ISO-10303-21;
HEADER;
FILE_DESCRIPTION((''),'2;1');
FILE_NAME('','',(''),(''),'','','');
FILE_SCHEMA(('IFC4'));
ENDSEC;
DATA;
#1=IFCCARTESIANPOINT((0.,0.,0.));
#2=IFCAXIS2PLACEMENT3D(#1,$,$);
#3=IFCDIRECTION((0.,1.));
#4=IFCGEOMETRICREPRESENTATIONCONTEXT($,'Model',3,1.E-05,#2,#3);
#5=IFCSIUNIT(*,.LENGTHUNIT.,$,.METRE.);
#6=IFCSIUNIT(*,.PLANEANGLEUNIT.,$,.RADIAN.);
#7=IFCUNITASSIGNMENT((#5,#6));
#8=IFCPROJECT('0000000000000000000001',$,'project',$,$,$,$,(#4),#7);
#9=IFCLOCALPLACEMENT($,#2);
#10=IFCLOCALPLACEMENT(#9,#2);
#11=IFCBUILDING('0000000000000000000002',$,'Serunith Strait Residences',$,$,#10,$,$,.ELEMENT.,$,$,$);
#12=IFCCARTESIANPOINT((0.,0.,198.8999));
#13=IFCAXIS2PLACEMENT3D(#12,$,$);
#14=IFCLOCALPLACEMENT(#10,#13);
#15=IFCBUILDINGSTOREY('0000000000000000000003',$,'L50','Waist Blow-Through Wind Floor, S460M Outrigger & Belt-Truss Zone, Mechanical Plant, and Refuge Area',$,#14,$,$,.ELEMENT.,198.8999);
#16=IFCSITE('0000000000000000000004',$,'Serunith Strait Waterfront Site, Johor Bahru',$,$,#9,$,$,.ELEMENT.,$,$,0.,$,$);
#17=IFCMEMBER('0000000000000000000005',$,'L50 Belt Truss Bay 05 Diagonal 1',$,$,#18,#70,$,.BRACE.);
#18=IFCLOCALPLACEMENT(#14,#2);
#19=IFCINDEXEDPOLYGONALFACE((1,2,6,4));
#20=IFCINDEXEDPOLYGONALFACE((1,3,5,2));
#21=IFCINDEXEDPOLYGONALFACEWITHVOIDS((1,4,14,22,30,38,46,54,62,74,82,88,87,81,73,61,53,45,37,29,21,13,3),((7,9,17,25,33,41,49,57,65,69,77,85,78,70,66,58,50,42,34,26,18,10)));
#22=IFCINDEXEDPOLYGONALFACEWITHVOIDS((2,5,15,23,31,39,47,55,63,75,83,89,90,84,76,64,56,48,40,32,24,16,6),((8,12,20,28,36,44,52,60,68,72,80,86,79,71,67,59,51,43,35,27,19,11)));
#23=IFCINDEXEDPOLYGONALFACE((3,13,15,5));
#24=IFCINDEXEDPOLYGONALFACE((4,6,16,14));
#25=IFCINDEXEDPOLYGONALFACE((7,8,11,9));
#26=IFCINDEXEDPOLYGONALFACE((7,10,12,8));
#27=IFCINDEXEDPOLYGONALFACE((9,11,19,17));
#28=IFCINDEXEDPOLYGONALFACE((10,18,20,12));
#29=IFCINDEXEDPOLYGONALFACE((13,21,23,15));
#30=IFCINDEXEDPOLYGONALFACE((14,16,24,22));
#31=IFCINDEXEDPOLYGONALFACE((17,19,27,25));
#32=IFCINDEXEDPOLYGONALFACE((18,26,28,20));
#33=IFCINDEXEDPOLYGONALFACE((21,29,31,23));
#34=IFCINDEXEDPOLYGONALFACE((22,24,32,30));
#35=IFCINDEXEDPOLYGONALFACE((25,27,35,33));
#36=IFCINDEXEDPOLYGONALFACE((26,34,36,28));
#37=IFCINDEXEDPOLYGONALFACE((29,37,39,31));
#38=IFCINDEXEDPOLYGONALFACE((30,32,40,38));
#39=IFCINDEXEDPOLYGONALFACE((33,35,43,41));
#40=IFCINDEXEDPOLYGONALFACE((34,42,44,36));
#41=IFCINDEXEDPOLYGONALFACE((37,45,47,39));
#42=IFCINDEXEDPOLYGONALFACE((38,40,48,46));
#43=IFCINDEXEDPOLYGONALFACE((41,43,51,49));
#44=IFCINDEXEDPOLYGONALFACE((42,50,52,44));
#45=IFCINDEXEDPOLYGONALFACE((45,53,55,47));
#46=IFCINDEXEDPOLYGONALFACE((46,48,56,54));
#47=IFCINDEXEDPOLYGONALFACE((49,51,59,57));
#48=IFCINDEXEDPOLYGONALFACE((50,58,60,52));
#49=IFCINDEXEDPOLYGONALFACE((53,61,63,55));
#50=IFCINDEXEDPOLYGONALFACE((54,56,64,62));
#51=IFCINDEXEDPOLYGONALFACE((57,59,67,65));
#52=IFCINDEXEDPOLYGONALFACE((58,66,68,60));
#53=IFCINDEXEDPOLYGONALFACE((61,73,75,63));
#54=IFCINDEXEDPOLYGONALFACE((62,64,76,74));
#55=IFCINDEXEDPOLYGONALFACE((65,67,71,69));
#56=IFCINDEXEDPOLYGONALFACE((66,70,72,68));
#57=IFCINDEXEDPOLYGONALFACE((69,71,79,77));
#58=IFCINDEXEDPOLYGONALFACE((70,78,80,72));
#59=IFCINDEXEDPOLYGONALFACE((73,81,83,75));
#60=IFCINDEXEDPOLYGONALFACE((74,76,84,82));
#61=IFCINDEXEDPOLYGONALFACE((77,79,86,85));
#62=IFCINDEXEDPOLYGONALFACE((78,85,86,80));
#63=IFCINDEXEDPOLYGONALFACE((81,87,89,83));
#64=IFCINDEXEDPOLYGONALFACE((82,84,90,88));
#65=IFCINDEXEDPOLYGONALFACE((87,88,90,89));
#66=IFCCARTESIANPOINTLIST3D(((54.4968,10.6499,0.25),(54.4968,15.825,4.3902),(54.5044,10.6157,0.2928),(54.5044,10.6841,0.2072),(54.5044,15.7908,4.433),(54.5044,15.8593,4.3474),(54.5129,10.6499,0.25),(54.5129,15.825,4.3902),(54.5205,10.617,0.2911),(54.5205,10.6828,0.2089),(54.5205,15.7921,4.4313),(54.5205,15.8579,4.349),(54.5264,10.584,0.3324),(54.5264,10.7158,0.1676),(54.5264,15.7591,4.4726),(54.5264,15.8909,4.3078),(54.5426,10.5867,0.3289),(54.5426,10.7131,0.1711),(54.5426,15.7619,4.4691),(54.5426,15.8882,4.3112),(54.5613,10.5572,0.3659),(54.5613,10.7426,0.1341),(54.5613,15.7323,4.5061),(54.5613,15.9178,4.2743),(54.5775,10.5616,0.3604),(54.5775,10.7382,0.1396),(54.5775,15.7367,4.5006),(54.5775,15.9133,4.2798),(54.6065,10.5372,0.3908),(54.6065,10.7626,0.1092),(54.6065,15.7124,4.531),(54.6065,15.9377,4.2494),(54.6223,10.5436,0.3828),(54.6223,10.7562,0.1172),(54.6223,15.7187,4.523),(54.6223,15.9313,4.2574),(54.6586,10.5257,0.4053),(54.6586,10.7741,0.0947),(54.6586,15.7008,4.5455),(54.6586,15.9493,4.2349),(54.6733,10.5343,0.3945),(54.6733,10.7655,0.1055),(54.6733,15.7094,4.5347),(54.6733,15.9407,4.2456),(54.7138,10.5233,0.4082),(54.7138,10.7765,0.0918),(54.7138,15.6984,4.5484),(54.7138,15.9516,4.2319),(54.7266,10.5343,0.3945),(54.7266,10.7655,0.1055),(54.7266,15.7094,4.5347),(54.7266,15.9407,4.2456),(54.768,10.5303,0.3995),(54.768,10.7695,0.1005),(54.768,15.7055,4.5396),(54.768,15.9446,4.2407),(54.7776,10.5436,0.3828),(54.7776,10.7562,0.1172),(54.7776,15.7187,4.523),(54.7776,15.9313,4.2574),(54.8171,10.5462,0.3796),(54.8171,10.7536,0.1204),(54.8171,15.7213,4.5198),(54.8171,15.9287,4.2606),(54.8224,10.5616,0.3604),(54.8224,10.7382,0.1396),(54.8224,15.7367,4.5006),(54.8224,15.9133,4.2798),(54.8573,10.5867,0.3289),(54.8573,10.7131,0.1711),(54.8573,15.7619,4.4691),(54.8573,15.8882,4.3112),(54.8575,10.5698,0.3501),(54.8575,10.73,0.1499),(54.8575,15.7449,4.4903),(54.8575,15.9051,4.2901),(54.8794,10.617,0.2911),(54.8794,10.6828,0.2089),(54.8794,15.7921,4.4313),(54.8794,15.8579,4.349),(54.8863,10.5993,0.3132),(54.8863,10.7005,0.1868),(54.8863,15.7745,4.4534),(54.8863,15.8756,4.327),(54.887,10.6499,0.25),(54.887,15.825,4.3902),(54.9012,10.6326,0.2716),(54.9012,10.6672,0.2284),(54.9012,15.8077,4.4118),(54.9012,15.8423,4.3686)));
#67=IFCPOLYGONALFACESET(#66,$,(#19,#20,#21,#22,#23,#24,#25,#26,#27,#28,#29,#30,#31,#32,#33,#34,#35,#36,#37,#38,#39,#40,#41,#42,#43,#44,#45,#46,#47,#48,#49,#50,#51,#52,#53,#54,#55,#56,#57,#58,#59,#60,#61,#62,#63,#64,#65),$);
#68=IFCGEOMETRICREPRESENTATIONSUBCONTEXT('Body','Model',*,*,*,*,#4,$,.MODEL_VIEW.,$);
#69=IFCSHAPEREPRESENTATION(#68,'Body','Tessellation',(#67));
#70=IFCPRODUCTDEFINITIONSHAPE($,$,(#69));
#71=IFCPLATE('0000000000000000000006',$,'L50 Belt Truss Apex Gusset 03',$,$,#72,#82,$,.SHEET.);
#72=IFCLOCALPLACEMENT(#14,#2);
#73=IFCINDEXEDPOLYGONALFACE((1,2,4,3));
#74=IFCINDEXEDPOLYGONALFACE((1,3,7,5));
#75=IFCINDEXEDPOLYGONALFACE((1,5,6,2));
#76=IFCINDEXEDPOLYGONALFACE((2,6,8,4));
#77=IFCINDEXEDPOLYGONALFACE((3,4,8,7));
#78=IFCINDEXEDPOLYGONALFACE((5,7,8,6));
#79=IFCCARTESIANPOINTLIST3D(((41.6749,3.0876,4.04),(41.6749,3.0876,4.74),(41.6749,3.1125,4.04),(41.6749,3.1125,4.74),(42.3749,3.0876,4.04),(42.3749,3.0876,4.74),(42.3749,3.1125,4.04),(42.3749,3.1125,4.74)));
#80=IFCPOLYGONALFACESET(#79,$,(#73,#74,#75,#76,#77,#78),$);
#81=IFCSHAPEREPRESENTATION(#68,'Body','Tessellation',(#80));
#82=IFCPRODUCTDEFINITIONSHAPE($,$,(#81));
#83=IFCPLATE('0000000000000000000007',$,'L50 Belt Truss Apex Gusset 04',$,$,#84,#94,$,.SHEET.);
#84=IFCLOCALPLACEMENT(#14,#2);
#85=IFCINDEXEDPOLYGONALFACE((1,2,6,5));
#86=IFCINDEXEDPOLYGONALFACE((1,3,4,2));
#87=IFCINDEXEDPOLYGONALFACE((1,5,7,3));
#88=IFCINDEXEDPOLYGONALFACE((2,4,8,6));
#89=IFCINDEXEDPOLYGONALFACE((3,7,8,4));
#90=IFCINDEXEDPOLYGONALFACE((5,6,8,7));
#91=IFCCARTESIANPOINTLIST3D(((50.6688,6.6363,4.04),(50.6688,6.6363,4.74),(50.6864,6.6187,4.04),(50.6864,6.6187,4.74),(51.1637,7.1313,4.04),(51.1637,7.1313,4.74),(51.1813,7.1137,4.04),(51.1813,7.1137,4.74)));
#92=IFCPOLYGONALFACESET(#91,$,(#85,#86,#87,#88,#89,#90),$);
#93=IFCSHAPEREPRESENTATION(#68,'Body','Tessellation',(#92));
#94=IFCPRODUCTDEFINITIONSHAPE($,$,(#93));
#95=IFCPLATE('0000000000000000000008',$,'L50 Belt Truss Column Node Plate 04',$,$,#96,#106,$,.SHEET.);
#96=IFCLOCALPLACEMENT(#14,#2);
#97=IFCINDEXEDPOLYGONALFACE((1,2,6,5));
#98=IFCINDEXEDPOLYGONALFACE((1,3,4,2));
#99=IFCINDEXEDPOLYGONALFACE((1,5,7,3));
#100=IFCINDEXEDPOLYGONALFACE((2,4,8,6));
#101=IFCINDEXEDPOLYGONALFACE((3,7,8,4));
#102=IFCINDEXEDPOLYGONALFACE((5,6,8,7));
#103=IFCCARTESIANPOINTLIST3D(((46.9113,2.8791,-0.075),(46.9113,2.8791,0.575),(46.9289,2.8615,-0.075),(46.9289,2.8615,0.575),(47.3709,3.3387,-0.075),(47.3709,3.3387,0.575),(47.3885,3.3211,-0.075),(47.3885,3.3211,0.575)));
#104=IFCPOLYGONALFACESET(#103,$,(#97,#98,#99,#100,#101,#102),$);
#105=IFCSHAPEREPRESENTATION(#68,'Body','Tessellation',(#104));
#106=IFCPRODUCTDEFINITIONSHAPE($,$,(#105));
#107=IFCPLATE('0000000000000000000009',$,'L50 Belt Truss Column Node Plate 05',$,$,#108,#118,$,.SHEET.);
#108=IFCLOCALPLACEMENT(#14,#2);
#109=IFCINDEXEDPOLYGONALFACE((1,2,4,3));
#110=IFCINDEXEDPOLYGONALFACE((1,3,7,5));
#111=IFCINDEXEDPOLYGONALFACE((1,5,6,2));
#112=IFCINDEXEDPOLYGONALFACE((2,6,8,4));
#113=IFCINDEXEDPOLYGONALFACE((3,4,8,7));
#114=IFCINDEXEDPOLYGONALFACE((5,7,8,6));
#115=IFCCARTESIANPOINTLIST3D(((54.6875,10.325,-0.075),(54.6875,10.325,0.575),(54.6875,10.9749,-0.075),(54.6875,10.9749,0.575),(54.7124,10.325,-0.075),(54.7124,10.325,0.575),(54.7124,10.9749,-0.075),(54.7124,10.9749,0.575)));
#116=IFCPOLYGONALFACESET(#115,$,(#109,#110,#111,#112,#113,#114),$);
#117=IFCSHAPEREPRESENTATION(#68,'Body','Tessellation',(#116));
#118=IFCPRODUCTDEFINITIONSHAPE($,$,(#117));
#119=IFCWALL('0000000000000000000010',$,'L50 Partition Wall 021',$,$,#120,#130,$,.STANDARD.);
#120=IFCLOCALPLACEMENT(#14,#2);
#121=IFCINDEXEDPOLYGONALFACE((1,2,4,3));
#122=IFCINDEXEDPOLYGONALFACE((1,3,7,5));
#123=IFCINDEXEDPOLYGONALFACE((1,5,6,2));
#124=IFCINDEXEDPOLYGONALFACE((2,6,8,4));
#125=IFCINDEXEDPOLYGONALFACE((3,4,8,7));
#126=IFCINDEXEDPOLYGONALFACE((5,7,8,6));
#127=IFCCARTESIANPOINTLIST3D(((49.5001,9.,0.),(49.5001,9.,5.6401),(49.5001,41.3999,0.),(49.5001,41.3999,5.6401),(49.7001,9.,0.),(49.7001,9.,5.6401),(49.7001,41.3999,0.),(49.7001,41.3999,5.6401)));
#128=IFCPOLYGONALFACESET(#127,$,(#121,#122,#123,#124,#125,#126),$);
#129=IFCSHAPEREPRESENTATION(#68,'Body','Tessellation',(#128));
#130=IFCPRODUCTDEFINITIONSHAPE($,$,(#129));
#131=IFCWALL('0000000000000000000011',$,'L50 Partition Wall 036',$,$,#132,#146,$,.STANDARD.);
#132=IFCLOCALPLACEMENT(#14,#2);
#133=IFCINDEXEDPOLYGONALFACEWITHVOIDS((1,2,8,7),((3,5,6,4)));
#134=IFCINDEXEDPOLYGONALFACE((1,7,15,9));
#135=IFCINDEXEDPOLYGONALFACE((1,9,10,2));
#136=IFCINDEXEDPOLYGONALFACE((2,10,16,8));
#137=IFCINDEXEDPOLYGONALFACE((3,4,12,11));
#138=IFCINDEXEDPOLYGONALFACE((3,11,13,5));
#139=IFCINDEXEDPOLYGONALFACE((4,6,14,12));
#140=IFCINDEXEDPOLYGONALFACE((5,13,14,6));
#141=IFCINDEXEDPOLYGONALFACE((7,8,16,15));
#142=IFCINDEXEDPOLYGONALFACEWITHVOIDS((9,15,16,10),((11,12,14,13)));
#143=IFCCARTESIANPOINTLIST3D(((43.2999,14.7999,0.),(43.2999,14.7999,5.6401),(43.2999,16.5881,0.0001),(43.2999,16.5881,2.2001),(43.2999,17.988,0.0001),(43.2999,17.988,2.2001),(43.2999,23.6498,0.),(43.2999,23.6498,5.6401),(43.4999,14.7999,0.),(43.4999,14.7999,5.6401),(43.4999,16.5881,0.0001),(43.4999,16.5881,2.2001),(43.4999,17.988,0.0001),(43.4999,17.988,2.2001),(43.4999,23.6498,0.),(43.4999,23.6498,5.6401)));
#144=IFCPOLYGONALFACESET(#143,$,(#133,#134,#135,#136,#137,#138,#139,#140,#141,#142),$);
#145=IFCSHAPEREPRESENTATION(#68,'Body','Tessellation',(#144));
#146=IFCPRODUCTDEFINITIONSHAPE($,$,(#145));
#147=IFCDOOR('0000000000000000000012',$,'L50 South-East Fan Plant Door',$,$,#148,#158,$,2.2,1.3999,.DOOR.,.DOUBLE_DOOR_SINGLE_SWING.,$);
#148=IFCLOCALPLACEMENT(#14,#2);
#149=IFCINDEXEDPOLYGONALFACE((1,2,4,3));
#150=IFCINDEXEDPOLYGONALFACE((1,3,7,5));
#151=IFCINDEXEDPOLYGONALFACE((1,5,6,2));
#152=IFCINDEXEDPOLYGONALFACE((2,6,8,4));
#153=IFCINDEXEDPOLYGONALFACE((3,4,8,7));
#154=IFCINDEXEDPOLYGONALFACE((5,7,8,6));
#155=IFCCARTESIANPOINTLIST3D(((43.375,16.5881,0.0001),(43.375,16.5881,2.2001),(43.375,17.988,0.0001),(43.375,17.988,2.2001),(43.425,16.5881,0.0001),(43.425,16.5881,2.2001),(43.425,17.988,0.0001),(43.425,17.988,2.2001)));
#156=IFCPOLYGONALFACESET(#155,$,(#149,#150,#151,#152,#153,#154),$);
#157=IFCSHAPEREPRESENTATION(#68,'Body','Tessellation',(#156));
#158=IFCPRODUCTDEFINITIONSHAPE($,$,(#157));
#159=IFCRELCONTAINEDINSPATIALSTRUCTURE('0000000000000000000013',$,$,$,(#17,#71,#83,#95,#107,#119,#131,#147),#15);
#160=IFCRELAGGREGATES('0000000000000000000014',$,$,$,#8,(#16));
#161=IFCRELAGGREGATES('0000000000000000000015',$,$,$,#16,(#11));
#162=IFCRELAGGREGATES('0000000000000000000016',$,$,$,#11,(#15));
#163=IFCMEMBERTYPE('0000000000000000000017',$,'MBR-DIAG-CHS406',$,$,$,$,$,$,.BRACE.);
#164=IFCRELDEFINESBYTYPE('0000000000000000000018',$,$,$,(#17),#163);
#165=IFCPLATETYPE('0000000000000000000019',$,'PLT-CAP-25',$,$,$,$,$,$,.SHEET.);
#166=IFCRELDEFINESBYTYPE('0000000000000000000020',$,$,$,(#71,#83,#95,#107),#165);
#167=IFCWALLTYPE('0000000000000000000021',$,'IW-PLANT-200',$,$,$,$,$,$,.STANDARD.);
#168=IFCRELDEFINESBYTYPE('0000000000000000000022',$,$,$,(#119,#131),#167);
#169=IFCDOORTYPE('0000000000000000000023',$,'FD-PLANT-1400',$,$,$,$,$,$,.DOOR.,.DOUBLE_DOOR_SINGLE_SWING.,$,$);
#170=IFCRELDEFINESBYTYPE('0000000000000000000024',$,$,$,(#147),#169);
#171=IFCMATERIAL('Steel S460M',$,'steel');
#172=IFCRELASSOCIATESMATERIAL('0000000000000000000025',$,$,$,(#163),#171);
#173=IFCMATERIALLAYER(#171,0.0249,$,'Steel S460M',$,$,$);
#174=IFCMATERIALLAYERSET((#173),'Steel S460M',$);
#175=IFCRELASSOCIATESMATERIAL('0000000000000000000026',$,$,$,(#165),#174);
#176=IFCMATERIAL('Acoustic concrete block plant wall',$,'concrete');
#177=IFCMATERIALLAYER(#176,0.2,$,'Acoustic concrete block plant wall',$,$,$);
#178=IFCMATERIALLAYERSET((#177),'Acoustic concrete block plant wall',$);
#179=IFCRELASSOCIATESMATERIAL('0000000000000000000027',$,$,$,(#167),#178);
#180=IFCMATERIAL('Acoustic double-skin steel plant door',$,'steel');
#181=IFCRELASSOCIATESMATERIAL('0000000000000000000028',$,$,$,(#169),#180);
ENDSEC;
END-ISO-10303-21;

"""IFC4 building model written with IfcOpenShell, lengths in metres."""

from ifc_helpers import new_model, si_unit, direction, frame, frame_2d, origin, origin_2d, place, context, subcontext, project, spatial, rectangle, hollow_circle, extrude, source, transform, mapped, material, layer, layer_set, material_profile, profile_set, type_object, element, fill, save


model = new_model("IFC4")

# Units and contexts
model_context = context("Model", 3, precision=1e-05, world=origin(), true_north=direction((0.0, 1.0)))
body_context = subcontext(model_context, "Body", "Model", "MODEL_VIEW")
ifc_project = project(units=[si_unit("LENGTHUNIT", "METRE"), si_unit("PLANEANGLEUNIT", "RADIAN")], contexts=[model_context])

# Site, building, storey
site_placement = place(None, origin())
site = spatial("IfcSite", under=ifc_project, at=site_placement, Name="Serunith Strait Waterfront Site, Johor Bahru", CompositionType="ELEMENT", RefElevation=0.0)
building_placement = place(site_placement, origin())
building = spatial("IfcBuilding", under=site, at=building_placement, Name="Serunith Strait Residences", CompositionType="ELEMENT")
storey_placement = place(building_placement, frame((0.0, 0.0, 198.8999)))
storey = spatial("IfcBuildingStorey", under=building, at=storey_placement, Name="L50", Description="Waist Blow-Through Wind Floor, S460M Outrigger & Belt-Truss Zone, Mechanical Plant, and Refuge Area", CompositionType="ELEMENT", Elevation=198.8999)

# Member
ifc_material_1 = material(Name="Steel S460M", Category="steel")
ifc_material_profile_1 = material_profile(ifc_material_1, hollow_circle(Radius=0.2031, WallThickness=0.0161, at=origin_2d()), Name="CHS 406.4x16")
ifc_profile_set_1 = profile_set([ifc_material_profile_1], Name="Steel S460M")
member_type_1 = type_object("IfcMemberType", Name="MBR-DIAG-CHS406", PredefinedType="BRACE", material=ifc_profile_set_1)
shared_shape_1 = source(origin(), body_context, "Body", "SweptSolid", [
    extrude(hollow_circle(Radius=0.2031, WallThickness=0.0161, at=origin_2d()), origin(), (0.0, 0.0, 1.0), 6.6274),
])
member_1_placement = place(storey_placement, frame((54.7, 10.6499, 0.25), z_axis=(0.0, 0.780862, 0.624704), x_axis=(-1.0, 0.0, 0.0)))
element("IfcMember", 1, at=member_1_placement, inside=storey, type_object=member_type_1, Name="L50 Belt Truss Bay 05 Diagonal 1", PredefinedType="BRACE", context=body_context, shape_type="MappedRepresentation", body=[
    mapped(shared_shape_1, transform((0.0, 0.0, 0.0), scale=1.0)),
])

# Plates
ifc_layer_1 = layer(ifc_material_1, 0.0249, Name="Steel S460M")
ifc_layer_set_1 = layer_set([ifc_layer_1], Name="Steel S460M")
plate_type = type_object("IfcPlateType", Name="PLT-CAP-25", PredefinedType="SHEET", material=ifc_layer_set_1)
shared_shape_2 = source(origin(), body_context, "Body", "SweptSolid", [
    extrude(rectangle(XDim=0.7, YDim=0.0249, at=origin_2d()), origin(), (0.0, 0.0, 1.0), 0.7),
])
for number, where, z_axis, x_axis, name in (
    (2, (42.0249, 3.1001, 4.04), (0.0, 0.0, 1.0), (1.0, 0.0, 0.0), "L50 Belt Truss Apex Gusset 03"),
    (3, (50.925, 6.875, 4.04), (0.0, 0.0, 1.0), (0.707107, 0.707107, 0.0), "L50 Belt Truss Apex Gusset 04"),
):
    element("IfcPlate", number, at=place(storey_placement, frame(where, z_axis=z_axis, x_axis=x_axis)), inside=storey, type_object=plate_type, Name=name, PredefinedType="SHEET", context=body_context, shape_type="MappedRepresentation", body=[
        mapped(shared_shape_2, transform((0.0, 0.0, 0.0), scale=1.0)),
    ])
shared_shape_3 = source(origin(), body_context, "Body", "SweptSolid", [
    extrude(rectangle(XDim=0.6499, YDim=0.0249, at=origin_2d()), origin(), (0.0, 0.0, 1.0), 0.6499),
])
for number, where, z_axis, x_axis, name in (
    (4, (47.1499, 3.1001, -0.075), (0.0, 0.0, 1.0), (0.707107, 0.707107, 0.0), "L50 Belt Truss Column Node Plate 04"),
    (5, (54.7, 10.6499, -0.075), (0.0, 0.0, 1.0), (0.0, 1.0, 0.0), "L50 Belt Truss Column Node Plate 05"),
):
    element("IfcPlate", number, at=place(storey_placement, frame(where, z_axis=z_axis, x_axis=x_axis)), inside=storey, type_object=plate_type, Name=name, PredefinedType="SHEET", context=body_context, shape_type="MappedRepresentation", body=[
        mapped(shared_shape_3, transform((0.0, 0.0, 0.0), scale=1.0)),
    ])

# Wall
ifc_material_2 = material(Name="Acoustic concrete block plant wall", Category="concrete")
ifc_layer_2 = layer(ifc_material_2, 0.2, Name="Acoustic concrete block plant wall")
ifc_layer_set_2 = layer_set([ifc_layer_2], Name="Acoustic concrete block plant wall")
wall_type = type_object("IfcWallType", Name="IW-PLANT-200", PredefinedType="STANDARD", material=ifc_layer_set_2)
wall_1_placement = place(storey_placement, frame((49.6001, 9.0, 0.0), z_axis=(0.0, 0.0, 1.0), x_axis=(0.0, 1.0, 0.0)))
element("IfcWall", 6, at=wall_1_placement, inside=storey, type_object=wall_type, Name="L50 Partition Wall 021", PredefinedType="STANDARD", context=body_context, shape_type="SweptSolid", body=[
    extrude(rectangle(XDim=32.3999, YDim=0.2, at=frame_2d((16.2, 0.0))), origin(), (0.0, 0.0, 1.0), 5.6401),
])

# Wall, opening, door
wall_2_placement = place(storey_placement, frame((43.3999, 14.8, 0.0), z_axis=(0.0, 0.0, 1.0), x_axis=(0.0, 1.0, 0.0)))
wall_2 = element("IfcWall", 7, at=wall_2_placement, inside=storey, type_object=wall_type, Name="L50 Partition Wall 036", PredefinedType="STANDARD", context=body_context, shape_type="SweptSolid", body=[
    extrude(rectangle(XDim=8.8499, YDim=0.2, at=frame_2d((4.4248, 0.0))), origin(), (0.0, 0.0, 1.0), 5.6401),
])
opening_placement = place(wall_2_placement, frame((1.7881, 0.0, 0.0)))
opening = element("IfcOpeningElement", 8, at=opening_placement, cuts=wall_2, PredefinedType="OPENING", context=body_context, shape_type="SweptSolid", body=[
    extrude(rectangle(XDim=1.3999, YDim=2.2, at=frame_2d((0.7, 1.1001))), frame((0.0, 0.1099, 0.0), z_axis=(0.0, -1.0, 0.0), x_axis=(1.0, 0.0, 0.0)), (0.0, 0.0, 1.0), 0.22),
])
ifc_material_3 = material(Name="Acoustic double-skin steel plant door", Category="steel")
door_type = type_object("IfcDoorType", Name="FD-PLANT-1400", OperationType="DOUBLE_DOOR_SINGLE_SWING", PredefinedType="DOOR", material=ifc_material_3)
shared_shape_4 = source(origin(), body_context, "Body", "SweptSolid", [
    extrude(rectangle(XDim=1.3999, YDim=2.2, at=frame_2d((0.7, 1.1001))), frame((0.0, 0.0249, 0.0), z_axis=(0.0, -1.0, 0.0), x_axis=(1.0, 0.0, 0.0)), (0.0, 0.0, 1.0), 0.05),
])
door_placement = place(opening_placement, origin())
door = element("IfcDoor", 9, at=door_placement, inside=storey, type_object=door_type, Name="L50 South-East Fan Plant Door", OperationType="DOUBLE_DOOR_SINGLE_SWING", OverallHeight=2.2, OverallWidth=1.3999, PredefinedType="DOOR", context=body_context, shape_type="MappedRepresentation", body=[
    mapped(shared_shape_4, transform((0.0, 0.0, 0.0), scale=1.0)),
])
fill(opening, door)

save(model, "model.ifc")
